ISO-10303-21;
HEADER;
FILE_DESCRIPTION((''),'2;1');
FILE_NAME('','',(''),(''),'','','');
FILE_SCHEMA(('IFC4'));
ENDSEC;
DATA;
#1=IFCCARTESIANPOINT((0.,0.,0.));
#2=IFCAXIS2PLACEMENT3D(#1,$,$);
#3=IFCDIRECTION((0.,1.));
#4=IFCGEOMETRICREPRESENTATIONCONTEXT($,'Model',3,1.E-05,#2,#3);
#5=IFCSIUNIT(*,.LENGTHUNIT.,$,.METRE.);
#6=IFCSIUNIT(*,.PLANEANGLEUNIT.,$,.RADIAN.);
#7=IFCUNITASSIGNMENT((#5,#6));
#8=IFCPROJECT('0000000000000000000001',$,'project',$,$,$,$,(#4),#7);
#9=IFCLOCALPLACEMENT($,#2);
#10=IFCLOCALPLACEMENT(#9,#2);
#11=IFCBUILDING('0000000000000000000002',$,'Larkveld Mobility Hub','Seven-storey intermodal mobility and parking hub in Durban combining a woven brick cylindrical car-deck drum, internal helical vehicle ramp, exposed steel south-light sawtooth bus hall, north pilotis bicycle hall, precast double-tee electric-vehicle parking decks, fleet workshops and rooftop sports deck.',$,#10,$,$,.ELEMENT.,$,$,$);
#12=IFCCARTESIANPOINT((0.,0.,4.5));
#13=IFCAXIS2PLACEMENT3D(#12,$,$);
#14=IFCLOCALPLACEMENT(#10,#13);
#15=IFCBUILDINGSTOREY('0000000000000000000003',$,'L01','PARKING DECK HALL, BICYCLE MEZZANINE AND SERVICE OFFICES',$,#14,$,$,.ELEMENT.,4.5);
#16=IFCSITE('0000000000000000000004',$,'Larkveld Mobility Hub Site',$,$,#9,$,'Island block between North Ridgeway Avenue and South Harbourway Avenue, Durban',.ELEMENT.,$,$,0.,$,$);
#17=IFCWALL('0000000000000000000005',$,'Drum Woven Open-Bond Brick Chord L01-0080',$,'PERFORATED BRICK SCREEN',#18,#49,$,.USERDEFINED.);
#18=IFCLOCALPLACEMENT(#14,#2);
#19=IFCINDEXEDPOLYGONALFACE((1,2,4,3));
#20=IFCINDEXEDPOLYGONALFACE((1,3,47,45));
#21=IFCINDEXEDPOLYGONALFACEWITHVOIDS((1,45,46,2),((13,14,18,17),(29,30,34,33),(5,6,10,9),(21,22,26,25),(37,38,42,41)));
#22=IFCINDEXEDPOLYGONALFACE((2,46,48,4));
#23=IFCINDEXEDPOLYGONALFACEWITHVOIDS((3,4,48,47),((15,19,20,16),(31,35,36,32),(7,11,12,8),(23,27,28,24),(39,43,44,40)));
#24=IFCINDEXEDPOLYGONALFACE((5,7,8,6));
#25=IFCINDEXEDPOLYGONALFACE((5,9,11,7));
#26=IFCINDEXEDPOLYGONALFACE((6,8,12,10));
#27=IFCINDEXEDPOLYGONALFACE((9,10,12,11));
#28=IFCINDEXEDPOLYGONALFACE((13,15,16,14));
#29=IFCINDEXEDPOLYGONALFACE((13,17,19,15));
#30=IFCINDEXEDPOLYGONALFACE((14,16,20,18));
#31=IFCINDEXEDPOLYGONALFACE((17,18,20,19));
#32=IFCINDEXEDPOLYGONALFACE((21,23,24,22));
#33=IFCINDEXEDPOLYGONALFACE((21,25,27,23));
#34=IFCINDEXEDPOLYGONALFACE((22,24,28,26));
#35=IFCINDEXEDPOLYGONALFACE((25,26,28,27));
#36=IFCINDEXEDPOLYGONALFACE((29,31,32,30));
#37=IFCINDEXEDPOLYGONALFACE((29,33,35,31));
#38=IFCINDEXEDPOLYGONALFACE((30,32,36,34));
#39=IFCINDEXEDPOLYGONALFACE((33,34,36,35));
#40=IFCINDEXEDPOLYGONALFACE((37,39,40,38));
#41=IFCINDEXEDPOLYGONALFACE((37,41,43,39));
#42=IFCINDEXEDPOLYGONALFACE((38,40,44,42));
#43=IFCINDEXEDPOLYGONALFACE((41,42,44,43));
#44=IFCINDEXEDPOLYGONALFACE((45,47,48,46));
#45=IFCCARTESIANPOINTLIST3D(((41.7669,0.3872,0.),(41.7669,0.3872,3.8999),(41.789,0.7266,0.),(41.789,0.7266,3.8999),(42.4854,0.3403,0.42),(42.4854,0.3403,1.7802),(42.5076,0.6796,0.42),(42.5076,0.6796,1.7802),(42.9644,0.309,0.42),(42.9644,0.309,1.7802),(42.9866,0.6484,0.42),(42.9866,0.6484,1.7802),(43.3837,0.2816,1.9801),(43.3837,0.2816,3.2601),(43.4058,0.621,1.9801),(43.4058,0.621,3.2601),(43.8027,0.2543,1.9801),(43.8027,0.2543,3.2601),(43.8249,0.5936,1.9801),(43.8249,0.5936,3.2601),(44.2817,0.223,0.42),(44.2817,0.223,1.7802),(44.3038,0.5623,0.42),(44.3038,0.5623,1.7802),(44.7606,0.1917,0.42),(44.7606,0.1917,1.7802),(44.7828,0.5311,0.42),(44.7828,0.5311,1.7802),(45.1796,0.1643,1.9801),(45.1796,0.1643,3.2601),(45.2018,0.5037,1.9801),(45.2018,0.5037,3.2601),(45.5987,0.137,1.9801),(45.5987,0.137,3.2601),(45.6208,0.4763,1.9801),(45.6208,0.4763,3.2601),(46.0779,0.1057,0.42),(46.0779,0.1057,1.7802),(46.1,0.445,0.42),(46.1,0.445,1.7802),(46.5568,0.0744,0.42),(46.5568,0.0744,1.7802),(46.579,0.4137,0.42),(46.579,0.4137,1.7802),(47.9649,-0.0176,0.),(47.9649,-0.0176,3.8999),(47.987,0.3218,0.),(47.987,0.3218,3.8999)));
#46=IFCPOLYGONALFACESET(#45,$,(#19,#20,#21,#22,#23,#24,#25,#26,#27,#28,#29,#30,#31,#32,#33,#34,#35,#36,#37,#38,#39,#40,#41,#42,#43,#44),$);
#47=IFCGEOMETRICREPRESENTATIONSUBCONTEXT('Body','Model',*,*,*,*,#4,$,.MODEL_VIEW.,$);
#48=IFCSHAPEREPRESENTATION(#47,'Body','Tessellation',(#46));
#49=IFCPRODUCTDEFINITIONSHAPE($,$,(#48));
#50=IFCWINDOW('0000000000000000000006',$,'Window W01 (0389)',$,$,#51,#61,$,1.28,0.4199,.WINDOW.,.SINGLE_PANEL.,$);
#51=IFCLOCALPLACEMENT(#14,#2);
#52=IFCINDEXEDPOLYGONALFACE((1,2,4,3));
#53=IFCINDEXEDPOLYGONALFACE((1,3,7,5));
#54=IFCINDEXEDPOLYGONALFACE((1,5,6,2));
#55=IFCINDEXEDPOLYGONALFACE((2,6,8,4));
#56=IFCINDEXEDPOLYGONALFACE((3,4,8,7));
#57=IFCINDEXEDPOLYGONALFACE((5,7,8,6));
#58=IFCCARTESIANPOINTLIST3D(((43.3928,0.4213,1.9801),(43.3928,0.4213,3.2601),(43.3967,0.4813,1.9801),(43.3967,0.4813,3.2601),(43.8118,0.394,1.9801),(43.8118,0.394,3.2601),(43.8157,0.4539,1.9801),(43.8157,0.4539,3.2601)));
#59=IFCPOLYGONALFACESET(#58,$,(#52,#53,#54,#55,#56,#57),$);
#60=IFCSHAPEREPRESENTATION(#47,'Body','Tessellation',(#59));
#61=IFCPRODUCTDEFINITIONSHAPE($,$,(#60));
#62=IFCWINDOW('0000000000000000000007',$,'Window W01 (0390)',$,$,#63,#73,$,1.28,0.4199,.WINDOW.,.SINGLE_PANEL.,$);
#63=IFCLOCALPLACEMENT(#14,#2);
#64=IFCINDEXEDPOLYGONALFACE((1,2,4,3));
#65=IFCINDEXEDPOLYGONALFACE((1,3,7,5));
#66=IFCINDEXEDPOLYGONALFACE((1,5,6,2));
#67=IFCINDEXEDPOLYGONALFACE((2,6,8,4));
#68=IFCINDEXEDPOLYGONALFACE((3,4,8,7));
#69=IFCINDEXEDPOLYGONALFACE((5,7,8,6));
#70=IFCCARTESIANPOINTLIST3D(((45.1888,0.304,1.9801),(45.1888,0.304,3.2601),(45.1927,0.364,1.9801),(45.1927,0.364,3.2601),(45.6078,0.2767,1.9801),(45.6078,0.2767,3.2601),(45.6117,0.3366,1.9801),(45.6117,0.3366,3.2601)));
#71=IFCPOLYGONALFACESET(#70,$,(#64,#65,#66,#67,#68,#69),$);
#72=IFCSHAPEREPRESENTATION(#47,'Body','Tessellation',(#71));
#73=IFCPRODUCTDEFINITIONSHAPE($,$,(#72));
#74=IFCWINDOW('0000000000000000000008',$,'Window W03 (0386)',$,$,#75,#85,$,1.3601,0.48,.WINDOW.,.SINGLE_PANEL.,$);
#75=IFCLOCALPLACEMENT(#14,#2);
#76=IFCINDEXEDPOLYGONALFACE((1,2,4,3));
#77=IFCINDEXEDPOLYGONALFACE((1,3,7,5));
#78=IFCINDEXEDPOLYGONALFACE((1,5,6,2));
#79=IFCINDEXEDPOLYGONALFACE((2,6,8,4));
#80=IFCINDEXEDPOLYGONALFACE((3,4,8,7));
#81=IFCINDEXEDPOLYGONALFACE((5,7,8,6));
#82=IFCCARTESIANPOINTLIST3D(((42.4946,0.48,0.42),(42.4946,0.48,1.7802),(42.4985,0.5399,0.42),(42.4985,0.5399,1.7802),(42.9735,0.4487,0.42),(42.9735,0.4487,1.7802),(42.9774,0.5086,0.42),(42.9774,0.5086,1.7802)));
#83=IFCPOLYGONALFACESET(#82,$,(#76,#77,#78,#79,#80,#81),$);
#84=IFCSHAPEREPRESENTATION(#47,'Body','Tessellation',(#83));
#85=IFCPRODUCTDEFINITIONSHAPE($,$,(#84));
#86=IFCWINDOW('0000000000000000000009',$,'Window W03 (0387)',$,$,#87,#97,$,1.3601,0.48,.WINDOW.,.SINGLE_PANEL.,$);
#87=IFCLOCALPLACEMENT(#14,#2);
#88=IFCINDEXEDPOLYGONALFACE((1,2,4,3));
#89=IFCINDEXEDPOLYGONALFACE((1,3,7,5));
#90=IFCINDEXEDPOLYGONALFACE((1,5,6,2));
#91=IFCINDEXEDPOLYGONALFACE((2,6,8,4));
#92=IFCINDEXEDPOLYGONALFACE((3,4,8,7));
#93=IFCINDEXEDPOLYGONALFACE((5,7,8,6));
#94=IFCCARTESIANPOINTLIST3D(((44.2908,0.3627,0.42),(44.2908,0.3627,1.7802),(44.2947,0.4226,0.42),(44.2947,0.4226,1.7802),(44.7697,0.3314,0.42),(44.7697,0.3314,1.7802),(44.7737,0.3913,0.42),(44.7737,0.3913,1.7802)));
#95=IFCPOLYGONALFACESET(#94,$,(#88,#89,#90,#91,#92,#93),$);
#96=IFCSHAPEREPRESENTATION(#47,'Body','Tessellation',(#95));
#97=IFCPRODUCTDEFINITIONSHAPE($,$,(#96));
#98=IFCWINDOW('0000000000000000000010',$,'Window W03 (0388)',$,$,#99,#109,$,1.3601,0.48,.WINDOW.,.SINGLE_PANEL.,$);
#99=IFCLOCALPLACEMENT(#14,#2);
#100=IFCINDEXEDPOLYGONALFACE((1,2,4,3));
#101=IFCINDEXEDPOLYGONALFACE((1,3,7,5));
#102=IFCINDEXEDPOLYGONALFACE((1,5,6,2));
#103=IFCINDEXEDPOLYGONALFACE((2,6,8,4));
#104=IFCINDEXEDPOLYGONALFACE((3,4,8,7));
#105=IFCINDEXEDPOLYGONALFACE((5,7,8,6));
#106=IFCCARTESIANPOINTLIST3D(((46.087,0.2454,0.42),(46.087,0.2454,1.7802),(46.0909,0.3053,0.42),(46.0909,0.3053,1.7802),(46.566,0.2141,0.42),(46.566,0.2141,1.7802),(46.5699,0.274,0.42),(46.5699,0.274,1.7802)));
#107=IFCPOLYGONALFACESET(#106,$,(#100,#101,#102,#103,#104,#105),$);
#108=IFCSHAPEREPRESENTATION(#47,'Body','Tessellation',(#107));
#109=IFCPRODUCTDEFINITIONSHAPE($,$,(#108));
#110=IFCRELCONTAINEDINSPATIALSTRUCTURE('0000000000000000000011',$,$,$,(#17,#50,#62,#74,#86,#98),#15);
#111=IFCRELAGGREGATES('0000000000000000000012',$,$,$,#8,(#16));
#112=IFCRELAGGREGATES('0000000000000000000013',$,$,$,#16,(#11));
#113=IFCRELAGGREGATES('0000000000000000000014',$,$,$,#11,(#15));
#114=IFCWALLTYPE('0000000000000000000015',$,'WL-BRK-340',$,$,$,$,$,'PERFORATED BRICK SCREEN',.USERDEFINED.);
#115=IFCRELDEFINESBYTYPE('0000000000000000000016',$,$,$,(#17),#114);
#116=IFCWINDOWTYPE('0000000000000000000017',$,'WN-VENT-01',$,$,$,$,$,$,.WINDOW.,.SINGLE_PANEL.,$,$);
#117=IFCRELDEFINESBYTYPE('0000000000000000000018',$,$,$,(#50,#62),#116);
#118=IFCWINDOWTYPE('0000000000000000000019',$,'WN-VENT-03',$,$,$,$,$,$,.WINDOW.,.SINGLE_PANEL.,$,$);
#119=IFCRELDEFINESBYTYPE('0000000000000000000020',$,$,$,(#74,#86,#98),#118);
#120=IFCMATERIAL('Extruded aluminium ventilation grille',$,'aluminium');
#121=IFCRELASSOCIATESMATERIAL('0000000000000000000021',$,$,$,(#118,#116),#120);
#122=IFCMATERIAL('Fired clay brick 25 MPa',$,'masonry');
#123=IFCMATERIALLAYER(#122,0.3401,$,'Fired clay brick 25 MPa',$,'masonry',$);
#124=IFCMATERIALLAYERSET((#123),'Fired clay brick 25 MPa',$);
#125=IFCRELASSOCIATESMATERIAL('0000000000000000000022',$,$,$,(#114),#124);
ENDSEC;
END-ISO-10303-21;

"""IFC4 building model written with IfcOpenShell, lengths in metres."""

from ifc_helpers import new_model, si_unit, direction, frame, frame_2d, origin, place, context, subcontext, project, spatial, rectangle, extrude, material, layer, layer_set, type_object, element, fill, save


model = new_model("IFC4")

# Units and contexts
model_context = context("Model", 3, precision=1e-05, world=origin(), true_north=direction((0.0, 1.0)))
body_context = subcontext(model_context, "Body", "Model", "MODEL_VIEW")
ifc_project = project(units=[si_unit("LENGTHUNIT", "METRE"), si_unit("PLANEANGLEUNIT", "RADIAN")], contexts=[model_context])

# Site, building, storey
site_placement = place(None, origin())
site = spatial("IfcSite", under=ifc_project, at=site_placement, Name="Larkveld Mobility Hub Site", LongName="Island block between North Ridgeway Avenue and South Harbourway Avenue, Durban", CompositionType="ELEMENT", RefElevation=0.0)
building_placement = place(site_placement, origin())
building = spatial("IfcBuilding", under=site, at=building_placement, Name="Larkveld Mobility Hub", Description="Seven-storey intermodal mobility and parking hub in Durban combining a woven brick cylindrical car-deck drum, internal helical vehicle ramp, exposed steel south-light sawtooth bus hall, north pilotis bicycle hall, precast double-tee electric-vehicle parking decks, fleet workshops and rooftop sports deck.", CompositionType="ELEMENT")
storey_placement = place(building_placement, frame((0.0, 0.0, 4.5)))
storey = spatial("IfcBuildingStorey", under=building, at=storey_placement, Name="L01", Description="PARKING DECK HALL, BICYCLE MEZZANINE AND SERVICE OFFICES", CompositionType="ELEMENT", Elevation=4.5)

# Wall, openings, windows
ifc_material_1 = material(Name="Fired clay brick 25 MPa", Category="masonry")
ifc_material_2 = material(Name="Extruded aluminium ventilation grille", Category="aluminium")
window_type_1 = type_object("IfcWindowType", Name="WN-VENT-03", PartitioningType="SINGLE_PANEL", PredefinedType="WINDOW", material=ifc_material_2)
ifc_layer_1 = layer(ifc_material_1, 0.3401, Name="Fired clay brick 25 MPa", Category="masonry")
ifc_layer_set_1 = layer_set([ifc_layer_1], Name="Fired clay brick 25 MPa")
wall_type_1 = type_object("IfcWallType", Name="WL-BRK-340", ElementType="PERFORATED BRICK SCREEN", PredefinedType="USERDEFINED", material=ifc_layer_set_1)
wall_1_placement = place(storey_placement, frame((41.7781, 0.5569, 0.0), z_axis=(0.0, 0.0, 1.0), x_axis=(0.997874, -0.06517, 0.0)))
wall_1 = element("IfcWall", 1, at=wall_1_placement, inside=storey, type_object=wall_type_1, Name="Drum Woven Open-Bond Brick Chord L01-0080", ObjectType="PERFORATED BRICK SCREEN", PredefinedType="USERDEFINED", context=body_context, shape_type="SweptSolid", body=[
    extrude(rectangle(XDim=6.2112, YDim=0.3401, at=frame_2d((3.1055, 0.0))), origin(), (0.0, 0.0, 1.0), 3.8999),
])
opening_1_placement = place(wall_1_placement, frame((0.72, 0.0, 0.4199)))
opening_1 = element("IfcOpeningElement", 2, at=opening_1_placement, cuts=wall_1, PredefinedType="OPENING", context=body_context, shape_type="SweptSolid", body=[
    extrude(rectangle(XDim=0.48, YDim=1.3601, at=frame_2d((0.24, 0.6802))), frame((0.0, 0.1802, 0.0), z_axis=(0.0, -1.0, 0.0), x_axis=(1.0, 0.0, 0.0)), (0.0, 0.0, 1.0), 0.3601),
])
opening_2_placement = place(wall_1_placement, frame((2.52, 0.0, 0.4199)))
opening_2 = element("IfcOpeningElement", 3, at=opening_2_placement, cuts=wall_1, PredefinedType="OPENING", context=body_context, shape_type="SweptSolid", body=[
    extrude(rectangle(XDim=0.48, YDim=1.3601, at=frame_2d((0.24, 0.6802))), frame((0.0, 0.1802, 0.0), z_axis=(0.0, -1.0, 0.0), x_axis=(1.0, 0.0, 0.0)), (0.0, 0.0, 1.0), 0.3601),
])
opening_3_placement = place(wall_1_placement, frame((4.3201, 0.0, 0.4199)))
opening_3 = element("IfcOpeningElement", 4, at=opening_3_placement, cuts=wall_1, PredefinedType="OPENING", context=body_context, shape_type="SweptSolid", body=[
    extrude(rectangle(XDim=0.48, YDim=1.3601, at=frame_2d((0.24, 0.6802))), frame((0.0, 0.1802, 0.0), z_axis=(0.0, -1.0, 0.0), x_axis=(1.0, 0.0, 0.0)), (0.0, 0.0, 1.0), 0.3601),
])
opening_4_placement = place(wall_1_placement, frame((1.6201, 0.0, 1.98)))
opening_4 = element("IfcOpeningElement", 5, at=opening_4_placement, cuts=wall_1, PredefinedType="OPENING", context=body_context, shape_type="SweptSolid", body=[
    extrude(rectangle(XDim=0.4199, YDim=1.28, at=frame_2d((0.21, 0.6401))), frame((0.0, 0.1802, 0.0), z_axis=(0.0, -1.0, 0.0), x_axis=(1.0, 0.0, 0.0)), (0.0, 0.0, 1.0), 0.3601),
])
opening_5_placement = place(wall_1_placement, frame((3.4199, 0.0, 1.98)))
opening_5 = element("IfcOpeningElement", 6, at=opening_5_placement, cuts=wall_1, PredefinedType="OPENING", context=body_context, shape_type="SweptSolid", body=[
    extrude(rectangle(XDim=0.4199, YDim=1.28, at=frame_2d((0.21, 0.6401))), frame((0.0, 0.1802, 0.0), z_axis=(0.0, -1.0, 0.0), x_axis=(1.0, 0.0, 0.0)), (0.0, 0.0, 1.0), 0.3601),
])
window_type_2 = type_object("IfcWindowType", Name="WN-VENT-01", PartitioningType="SINGLE_PANEL", PredefinedType="WINDOW", material=ifc_material_2)
window_1_placement = place(opening_4_placement, origin())
window_1 = element("IfcWindow", 7, at=window_1_placement, inside=storey, type_object=window_type_2, Name="Window W01 (0389)", OverallHeight=1.28, OverallWidth=0.4199, PartitioningType="SINGLE_PANEL", PredefinedType="WINDOW", context=body_context, shape_type="SweptSolid", body=[
    extrude(rectangle(XDim=0.4199, YDim=1.28, at=frame_2d((0.21, 0.6401))), frame((0.0, 0.03, 0.0), z_axis=(0.0, -1.0, 0.0), x_axis=(1.0, 0.0, 0.0)), (0.0, 0.0, 1.0), 0.0601),
])
fill(opening_4, window_1)
window_2_placement = place(opening_5_placement, origin())
window_2 = element("IfcWindow", 8, at=window_2_placement, inside=storey, type_object=window_type_2, Name="Window W01 (0390)", OverallHeight=1.28, OverallWidth=0.4199, PartitioningType="SINGLE_PANEL", PredefinedType="WINDOW", context=body_context, shape_type="SweptSolid", body=[
    extrude(rectangle(XDim=0.4199, YDim=1.28, at=frame_2d((0.21, 0.6401))), frame((0.0, 0.03, 0.0), z_axis=(0.0, -1.0, 0.0), x_axis=(1.0, 0.0, 0.0)), (0.0, 0.0, 1.0), 0.0601),
])
fill(opening_5, window_2)
window_3_placement = place(opening_1_placement, origin())
window_3 = element("IfcWindow", 9, at=window_3_placement, inside=storey, type_object=window_type_1, Name="Window W03 (0386)", OverallHeight=1.3601, OverallWidth=0.48, PartitioningType="SINGLE_PANEL", PredefinedType="WINDOW", context=body_context, shape_type="SweptSolid", body=[
    extrude(rectangle(XDim=0.48, YDim=1.3601, at=frame_2d((0.24, 0.6802))), frame((0.0, 0.03, 0.0), z_axis=(0.0, -1.0, 0.0), x_axis=(1.0, 0.0, 0.0)), (0.0, 0.0, 1.0), 0.0601),
])
fill(opening_1, window_3)
window_4_placement = place(opening_2_placement, origin())
window_4 = element("IfcWindow", 10, at=window_4_placement, inside=storey, type_object=window_type_1, Name="Window W03 (0387)", OverallHeight=1.3601, OverallWidth=0.48, PartitioningType="SINGLE_PANEL", PredefinedType="WINDOW", context=body_context, shape_type="SweptSolid", body=[
    extrude(rectangle(XDim=0.48, YDim=1.3601, at=frame_2d((0.24, 0.6802))), frame((0.0, 0.03, 0.0), z_axis=(0.0, -1.0, 0.0), x_axis=(1.0, 0.0, 0.0)), (0.0, 0.0, 1.0), 0.0601),
])
fill(opening_2, window_4)
window_5_placement = place(opening_3_placement, origin())
window_5 = element("IfcWindow", 11, at=window_5_placement, inside=storey, type_object=window_type_1, Name="Window W03 (0388)", OverallHeight=1.3601, OverallWidth=0.48, PartitioningType="SINGLE_PANEL", PredefinedType="WINDOW", context=body_context, shape_type="SweptSolid", body=[
    extrude(rectangle(XDim=0.48, YDim=1.3601, at=frame_2d((0.24, 0.6802))), frame((0.0, 0.03, 0.0), z_axis=(0.0, -1.0, 0.0), x_axis=(1.0, 0.0, 0.0)), (0.0, 0.0, 1.0), 0.0601),
])
fill(opening_3, window_5)

save(model, "model.ifc")
